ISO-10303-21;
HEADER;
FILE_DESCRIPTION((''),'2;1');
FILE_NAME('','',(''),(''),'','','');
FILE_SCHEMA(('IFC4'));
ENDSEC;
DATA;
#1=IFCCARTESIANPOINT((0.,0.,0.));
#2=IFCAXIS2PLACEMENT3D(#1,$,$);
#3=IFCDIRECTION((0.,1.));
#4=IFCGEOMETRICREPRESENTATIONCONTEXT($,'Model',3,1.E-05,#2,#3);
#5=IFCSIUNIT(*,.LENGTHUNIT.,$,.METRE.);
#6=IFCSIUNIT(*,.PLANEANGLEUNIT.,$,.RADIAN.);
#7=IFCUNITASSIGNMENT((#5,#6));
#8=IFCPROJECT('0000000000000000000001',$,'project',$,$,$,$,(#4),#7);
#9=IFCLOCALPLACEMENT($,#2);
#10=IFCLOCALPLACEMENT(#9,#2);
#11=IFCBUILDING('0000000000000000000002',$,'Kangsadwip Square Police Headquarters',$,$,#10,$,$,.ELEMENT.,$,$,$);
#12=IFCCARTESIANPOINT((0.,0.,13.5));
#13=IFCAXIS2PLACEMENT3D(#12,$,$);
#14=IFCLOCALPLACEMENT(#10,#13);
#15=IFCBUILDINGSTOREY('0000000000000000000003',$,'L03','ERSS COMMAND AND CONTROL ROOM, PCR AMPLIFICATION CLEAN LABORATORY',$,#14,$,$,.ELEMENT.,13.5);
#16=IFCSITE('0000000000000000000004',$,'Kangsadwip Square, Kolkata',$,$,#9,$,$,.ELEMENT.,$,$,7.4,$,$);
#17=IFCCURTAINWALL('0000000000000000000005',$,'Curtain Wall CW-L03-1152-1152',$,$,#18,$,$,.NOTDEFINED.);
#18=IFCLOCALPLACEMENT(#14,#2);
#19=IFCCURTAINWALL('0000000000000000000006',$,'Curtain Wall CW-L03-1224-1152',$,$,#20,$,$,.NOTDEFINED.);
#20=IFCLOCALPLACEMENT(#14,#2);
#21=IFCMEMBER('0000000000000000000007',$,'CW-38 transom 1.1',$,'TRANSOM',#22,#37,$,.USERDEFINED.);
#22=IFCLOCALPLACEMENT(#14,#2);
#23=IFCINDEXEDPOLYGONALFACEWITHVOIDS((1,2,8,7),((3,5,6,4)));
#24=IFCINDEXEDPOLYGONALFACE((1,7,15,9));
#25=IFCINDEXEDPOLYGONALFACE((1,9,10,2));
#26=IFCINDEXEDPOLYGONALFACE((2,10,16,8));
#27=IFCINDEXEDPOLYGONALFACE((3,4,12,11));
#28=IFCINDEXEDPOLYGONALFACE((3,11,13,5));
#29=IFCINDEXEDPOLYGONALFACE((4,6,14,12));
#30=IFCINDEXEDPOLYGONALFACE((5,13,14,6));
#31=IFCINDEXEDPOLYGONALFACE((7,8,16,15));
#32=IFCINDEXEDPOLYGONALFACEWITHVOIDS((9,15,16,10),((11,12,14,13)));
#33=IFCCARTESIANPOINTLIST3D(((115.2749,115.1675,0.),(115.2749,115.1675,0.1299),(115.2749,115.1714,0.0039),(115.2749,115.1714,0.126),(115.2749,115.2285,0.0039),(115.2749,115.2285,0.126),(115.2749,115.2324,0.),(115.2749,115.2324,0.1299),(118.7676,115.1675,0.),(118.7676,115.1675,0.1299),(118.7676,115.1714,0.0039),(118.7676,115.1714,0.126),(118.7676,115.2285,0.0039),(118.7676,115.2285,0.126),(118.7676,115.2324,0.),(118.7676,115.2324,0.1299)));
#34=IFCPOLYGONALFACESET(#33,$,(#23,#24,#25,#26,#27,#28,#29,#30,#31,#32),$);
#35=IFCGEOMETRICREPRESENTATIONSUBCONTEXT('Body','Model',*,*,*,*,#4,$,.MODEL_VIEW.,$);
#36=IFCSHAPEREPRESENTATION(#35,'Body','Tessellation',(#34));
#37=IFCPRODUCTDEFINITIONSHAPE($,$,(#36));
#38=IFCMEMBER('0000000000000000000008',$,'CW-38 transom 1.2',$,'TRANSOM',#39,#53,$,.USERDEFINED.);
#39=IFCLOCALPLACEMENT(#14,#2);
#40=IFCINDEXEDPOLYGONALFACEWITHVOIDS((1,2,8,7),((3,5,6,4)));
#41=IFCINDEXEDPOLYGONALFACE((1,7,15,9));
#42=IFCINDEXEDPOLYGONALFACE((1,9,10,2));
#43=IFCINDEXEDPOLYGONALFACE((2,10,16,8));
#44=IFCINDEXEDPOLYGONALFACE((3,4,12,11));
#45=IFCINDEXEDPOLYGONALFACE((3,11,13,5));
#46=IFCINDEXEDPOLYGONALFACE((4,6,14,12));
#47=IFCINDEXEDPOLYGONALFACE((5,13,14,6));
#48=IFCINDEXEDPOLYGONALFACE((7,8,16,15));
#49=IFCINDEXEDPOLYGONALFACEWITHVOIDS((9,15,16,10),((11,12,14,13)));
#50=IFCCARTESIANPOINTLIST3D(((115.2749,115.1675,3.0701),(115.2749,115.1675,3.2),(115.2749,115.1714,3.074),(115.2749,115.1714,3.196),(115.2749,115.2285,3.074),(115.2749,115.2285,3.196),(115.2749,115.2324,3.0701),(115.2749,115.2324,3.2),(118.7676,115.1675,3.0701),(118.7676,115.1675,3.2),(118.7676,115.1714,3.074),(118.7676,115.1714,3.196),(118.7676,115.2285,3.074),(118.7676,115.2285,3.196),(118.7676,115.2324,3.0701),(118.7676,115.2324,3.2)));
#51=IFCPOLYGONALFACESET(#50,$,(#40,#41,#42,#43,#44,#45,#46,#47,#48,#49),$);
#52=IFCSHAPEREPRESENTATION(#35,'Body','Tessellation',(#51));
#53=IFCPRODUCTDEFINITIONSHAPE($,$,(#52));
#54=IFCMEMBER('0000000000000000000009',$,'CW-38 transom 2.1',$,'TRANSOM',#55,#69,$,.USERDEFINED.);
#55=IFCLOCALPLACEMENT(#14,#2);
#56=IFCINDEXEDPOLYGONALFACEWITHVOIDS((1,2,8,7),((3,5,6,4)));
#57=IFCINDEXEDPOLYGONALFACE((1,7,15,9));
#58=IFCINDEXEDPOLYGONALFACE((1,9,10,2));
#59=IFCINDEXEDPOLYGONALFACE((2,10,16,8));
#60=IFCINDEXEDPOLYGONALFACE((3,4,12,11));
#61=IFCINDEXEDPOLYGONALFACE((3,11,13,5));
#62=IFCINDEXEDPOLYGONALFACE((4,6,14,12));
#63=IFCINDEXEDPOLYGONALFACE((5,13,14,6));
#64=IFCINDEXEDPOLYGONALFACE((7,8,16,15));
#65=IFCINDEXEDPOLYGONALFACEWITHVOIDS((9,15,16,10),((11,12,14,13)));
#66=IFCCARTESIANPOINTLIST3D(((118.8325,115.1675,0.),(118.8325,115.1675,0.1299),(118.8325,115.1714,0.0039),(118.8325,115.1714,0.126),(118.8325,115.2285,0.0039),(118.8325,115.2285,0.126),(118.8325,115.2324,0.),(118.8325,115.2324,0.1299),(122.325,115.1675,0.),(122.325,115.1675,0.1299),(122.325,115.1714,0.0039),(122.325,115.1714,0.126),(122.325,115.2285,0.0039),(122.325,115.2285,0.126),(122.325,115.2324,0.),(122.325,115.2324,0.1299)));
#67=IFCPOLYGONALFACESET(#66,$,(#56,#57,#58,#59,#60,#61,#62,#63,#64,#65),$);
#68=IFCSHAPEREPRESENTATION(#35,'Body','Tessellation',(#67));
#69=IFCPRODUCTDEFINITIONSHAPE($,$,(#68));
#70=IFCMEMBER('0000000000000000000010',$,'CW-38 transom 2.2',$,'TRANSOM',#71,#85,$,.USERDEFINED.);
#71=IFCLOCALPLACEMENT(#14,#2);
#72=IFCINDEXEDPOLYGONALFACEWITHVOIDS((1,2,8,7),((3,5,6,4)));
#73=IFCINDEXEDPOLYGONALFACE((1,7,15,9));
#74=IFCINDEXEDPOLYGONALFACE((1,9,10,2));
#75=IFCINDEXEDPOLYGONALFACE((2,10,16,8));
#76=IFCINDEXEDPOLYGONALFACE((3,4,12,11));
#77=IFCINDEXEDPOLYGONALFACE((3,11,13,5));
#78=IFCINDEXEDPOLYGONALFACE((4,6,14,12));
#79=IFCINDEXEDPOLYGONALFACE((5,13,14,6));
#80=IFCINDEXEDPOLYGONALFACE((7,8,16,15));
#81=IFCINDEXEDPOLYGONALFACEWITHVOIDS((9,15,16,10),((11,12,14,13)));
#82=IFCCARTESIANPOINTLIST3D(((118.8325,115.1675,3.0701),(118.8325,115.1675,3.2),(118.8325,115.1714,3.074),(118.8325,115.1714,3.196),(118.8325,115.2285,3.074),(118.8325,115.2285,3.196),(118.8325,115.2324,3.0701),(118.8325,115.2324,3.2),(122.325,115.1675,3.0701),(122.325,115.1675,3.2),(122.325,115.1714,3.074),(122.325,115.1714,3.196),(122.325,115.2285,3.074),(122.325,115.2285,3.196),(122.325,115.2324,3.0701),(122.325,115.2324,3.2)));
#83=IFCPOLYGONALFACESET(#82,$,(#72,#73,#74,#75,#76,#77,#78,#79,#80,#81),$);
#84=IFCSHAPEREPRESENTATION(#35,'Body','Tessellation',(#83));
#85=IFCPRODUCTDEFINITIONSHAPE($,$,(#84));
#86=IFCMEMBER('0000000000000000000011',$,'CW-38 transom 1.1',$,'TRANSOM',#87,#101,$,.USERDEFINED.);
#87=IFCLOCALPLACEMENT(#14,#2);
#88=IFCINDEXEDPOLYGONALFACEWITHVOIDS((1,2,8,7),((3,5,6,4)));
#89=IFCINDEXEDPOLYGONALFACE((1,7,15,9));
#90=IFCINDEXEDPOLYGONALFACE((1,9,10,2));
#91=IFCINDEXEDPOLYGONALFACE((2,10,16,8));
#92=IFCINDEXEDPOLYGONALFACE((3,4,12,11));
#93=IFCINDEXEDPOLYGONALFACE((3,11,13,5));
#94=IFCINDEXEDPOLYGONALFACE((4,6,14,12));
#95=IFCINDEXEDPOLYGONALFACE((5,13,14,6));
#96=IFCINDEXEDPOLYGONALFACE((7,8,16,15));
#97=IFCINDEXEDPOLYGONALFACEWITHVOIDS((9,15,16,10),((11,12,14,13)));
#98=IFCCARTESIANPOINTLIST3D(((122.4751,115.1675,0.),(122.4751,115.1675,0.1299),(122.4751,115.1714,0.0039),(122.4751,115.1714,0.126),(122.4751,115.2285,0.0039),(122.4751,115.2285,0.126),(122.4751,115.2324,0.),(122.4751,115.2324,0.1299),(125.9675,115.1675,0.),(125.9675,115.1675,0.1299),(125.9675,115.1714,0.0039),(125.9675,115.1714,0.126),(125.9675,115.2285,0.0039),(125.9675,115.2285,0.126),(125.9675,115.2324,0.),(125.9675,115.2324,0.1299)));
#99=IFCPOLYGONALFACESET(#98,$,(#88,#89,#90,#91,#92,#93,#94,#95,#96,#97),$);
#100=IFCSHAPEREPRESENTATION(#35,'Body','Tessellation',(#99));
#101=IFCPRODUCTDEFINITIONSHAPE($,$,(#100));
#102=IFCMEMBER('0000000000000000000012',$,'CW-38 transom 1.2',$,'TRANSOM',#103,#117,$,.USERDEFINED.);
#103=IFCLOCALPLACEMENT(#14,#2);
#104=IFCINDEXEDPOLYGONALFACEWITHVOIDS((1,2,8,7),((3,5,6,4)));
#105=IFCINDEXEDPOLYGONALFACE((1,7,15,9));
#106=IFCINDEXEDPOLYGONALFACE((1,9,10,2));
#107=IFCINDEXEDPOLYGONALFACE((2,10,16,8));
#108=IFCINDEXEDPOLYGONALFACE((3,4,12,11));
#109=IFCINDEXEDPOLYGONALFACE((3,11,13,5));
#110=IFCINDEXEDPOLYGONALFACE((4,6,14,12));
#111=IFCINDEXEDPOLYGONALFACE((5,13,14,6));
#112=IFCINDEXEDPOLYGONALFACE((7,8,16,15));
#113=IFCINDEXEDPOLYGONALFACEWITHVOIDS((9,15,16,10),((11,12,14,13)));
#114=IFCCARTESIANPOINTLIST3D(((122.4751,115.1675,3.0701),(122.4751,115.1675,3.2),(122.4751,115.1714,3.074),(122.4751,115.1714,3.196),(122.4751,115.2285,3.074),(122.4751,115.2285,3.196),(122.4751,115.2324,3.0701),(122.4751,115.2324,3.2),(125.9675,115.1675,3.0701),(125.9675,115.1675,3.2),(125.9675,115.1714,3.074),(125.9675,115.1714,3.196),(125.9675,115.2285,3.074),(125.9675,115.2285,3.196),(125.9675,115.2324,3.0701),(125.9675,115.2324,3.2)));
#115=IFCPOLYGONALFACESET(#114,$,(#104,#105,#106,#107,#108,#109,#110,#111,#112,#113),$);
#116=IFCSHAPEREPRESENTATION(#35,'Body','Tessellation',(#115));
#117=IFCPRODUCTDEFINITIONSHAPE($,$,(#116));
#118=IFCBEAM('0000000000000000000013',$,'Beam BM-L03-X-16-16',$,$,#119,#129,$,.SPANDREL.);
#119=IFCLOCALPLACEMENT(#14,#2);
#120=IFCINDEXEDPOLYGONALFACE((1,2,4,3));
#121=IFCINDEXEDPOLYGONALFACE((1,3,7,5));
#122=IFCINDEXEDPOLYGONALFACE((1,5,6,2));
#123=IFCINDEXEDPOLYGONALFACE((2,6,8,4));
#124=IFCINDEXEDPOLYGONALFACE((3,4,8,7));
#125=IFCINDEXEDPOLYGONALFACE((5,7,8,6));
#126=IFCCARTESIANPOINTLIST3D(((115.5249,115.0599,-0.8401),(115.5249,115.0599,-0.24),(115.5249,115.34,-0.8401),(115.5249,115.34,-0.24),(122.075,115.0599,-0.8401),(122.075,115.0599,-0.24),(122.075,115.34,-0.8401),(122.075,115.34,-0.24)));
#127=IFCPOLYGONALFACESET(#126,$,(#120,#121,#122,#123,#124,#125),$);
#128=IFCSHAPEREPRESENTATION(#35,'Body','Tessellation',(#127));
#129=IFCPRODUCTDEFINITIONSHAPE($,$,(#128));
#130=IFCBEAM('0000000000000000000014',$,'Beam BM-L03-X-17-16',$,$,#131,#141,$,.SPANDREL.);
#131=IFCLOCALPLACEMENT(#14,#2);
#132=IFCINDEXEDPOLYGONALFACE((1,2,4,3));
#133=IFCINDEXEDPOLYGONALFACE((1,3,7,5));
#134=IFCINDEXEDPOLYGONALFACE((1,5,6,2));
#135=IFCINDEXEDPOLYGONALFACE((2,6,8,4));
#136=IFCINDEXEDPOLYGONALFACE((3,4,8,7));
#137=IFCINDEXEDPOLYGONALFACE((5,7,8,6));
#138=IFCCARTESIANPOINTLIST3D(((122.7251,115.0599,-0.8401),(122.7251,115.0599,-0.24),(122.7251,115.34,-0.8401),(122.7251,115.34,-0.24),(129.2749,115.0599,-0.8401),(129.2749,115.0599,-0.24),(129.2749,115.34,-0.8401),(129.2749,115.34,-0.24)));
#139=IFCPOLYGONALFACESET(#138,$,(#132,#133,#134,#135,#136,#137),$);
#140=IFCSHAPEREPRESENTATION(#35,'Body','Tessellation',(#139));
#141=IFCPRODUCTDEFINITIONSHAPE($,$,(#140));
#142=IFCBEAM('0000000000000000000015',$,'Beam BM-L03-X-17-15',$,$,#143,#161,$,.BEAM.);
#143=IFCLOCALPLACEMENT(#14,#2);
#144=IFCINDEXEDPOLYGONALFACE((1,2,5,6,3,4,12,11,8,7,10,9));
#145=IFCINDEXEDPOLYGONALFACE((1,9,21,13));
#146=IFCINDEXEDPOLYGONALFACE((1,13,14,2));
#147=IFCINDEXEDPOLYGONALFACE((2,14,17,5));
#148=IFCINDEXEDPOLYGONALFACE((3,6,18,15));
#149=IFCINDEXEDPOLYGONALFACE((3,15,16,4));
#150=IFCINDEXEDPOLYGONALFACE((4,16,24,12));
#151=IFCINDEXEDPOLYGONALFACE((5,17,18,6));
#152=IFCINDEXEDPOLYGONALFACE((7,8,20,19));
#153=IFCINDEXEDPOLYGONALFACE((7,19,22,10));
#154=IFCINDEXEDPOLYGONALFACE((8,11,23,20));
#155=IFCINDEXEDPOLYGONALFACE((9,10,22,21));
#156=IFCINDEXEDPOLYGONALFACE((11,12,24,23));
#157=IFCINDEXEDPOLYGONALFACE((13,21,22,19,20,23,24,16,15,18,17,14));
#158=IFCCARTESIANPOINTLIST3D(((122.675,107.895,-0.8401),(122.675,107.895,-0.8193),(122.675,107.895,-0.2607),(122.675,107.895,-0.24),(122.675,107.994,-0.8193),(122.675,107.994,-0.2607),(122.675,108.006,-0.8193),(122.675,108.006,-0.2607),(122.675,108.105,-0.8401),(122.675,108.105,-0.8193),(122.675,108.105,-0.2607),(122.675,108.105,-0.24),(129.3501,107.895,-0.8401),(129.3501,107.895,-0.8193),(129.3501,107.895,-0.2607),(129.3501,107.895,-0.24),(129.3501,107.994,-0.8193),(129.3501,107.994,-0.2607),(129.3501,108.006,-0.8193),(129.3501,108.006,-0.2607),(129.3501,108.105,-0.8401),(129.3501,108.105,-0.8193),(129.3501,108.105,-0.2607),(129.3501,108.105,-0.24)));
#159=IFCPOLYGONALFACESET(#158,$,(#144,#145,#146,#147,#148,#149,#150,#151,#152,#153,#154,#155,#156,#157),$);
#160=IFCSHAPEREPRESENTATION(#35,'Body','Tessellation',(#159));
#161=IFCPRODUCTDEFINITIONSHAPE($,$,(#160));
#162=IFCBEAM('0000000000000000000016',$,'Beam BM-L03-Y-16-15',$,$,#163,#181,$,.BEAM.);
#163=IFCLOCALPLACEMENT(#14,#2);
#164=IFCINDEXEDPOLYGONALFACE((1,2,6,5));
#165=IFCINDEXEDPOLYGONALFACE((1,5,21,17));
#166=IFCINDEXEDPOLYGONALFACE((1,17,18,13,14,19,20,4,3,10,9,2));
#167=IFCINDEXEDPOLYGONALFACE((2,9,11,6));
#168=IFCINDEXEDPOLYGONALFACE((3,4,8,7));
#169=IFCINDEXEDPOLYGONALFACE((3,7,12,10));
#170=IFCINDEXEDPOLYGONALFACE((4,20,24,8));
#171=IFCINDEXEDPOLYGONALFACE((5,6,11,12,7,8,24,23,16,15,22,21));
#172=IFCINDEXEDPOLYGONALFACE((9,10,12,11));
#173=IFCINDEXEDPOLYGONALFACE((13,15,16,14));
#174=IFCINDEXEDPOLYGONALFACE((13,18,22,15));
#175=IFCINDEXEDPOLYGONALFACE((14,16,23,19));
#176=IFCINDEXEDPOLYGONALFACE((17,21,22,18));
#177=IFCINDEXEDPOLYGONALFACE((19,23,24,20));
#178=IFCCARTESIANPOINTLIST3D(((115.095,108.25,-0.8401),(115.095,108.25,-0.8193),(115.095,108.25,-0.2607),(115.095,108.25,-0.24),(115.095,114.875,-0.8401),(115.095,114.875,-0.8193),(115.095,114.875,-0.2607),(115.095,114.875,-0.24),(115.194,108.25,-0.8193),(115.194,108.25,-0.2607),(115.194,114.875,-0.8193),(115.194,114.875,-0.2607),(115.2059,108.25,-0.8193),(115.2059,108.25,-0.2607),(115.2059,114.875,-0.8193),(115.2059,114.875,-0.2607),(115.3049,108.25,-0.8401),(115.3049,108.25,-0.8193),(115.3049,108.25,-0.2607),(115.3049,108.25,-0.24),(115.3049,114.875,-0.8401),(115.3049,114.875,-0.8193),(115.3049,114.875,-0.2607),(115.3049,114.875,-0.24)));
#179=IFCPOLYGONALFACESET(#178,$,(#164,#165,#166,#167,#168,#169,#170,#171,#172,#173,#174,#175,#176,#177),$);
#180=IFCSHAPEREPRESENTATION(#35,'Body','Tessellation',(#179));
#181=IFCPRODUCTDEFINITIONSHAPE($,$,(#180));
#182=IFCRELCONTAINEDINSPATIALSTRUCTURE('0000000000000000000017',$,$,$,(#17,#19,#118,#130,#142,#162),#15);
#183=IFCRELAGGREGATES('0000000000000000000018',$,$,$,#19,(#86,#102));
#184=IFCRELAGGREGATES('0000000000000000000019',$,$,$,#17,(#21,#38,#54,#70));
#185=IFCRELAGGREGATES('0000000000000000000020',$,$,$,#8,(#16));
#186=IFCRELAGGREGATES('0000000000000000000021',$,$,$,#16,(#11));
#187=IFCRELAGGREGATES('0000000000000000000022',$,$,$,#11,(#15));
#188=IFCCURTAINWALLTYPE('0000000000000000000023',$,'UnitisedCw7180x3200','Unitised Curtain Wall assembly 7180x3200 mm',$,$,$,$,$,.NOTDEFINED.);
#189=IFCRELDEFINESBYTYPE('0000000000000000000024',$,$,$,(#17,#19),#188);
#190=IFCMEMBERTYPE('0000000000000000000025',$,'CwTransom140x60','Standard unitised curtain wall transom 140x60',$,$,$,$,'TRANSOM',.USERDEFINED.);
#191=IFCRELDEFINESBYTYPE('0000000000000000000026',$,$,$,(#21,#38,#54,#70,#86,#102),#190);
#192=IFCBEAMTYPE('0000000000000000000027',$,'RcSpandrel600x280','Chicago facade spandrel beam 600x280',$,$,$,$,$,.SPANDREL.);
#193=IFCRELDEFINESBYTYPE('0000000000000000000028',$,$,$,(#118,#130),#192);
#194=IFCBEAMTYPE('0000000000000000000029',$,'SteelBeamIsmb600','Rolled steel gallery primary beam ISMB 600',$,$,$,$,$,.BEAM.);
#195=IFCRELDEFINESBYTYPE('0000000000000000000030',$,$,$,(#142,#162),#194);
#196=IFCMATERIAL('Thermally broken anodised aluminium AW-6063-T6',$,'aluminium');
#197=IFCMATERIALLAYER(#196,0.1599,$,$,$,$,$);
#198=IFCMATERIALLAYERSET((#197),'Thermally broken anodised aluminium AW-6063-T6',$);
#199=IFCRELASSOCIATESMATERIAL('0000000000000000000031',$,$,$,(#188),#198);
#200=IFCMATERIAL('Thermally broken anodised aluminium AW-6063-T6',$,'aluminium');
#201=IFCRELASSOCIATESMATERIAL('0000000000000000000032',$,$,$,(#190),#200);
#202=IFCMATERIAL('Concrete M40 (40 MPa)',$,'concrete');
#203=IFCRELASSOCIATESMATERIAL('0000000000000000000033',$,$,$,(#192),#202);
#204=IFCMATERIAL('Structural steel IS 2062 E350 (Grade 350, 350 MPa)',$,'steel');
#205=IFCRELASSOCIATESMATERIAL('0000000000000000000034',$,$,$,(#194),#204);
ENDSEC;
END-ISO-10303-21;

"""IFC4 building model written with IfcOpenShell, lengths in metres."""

from ifc_helpers import new_model, si_unit, direction, frame, origin, origin_2d, place, context, subcontext, project, spatial, rectangle, hollow_rectangle, i_section, extrude, material, layer, layer_set, material_profile, profile_set, type_object, element, aggregate, save


model = new_model("IFC4")

# Units and contexts
model_context = context("Model", 3, precision=1e-05, world=origin(), true_north=direction((0.0, 1.0)))
body_context = subcontext(model_context, "Body", "Model", "MODEL_VIEW")
ifc_project = project(units=[si_unit("LENGTHUNIT", "METRE"), si_unit("PLANEANGLEUNIT", "RADIAN")], contexts=[model_context])

# Site, building, storey
site_placement = place(None, origin())
site = spatial("IfcSite", under=ifc_project, at=site_placement, Name="Kangsadwip Square, Kolkata", CompositionType="ELEMENT", RefElevation=7.4)
building_placement = place(site_placement, origin())
building = spatial("IfcBuilding", under=site, at=building_placement, Name="Kangsadwip Square Police Headquarters", CompositionType="ELEMENT")
storey_placement = place(building_placement, frame((0.0, 0.0, 13.5)))
storey = spatial("IfcBuildingStorey", under=building, at=storey_placement, Name="L03", Description="ERSS COMMAND AND CONTROL ROOM, PCR AMPLIFICATION CLEAN LABORATORY", CompositionType="ELEMENT", Elevation=13.5)

# Curtain wall
ifc_material_1 = material(Name="Thermally broken anodised aluminium AW-6063-T6", Category="aluminium")
ifc_layer_1 = layer(ifc_material_1, 0.1599)
ifc_layer_set_1 = layer_set([ifc_layer_1], Name="Thermally broken anodised aluminium AW-6063-T6")
curtain_wall_type = type_object("IfcCurtainWallType", Name="UnitisedCw7180x3200", Description="Unitised Curtain Wall assembly 7180x3200 mm", PredefinedType="NOTDEFINED", material=ifc_layer_set_1)
curtain_wall_1_placement = place(storey_placement, origin())
curtain_wall_1 = element("IfcCurtainWall", 1, at=curtain_wall_1_placement, inside=storey, type_object=curtain_wall_type, Name="Curtain Wall CW-L03-1152-1152", PredefinedType="NOTDEFINED")

# Curtain wall
curtain_wall_2_placement = place(storey_placement, origin())
curtain_wall_2 = element("IfcCurtainWall", 2, at=curtain_wall_2_placement, inside=storey, type_object=curtain_wall_type, Name="Curtain Wall CW-L03-1224-1152", PredefinedType="NOTDEFINED")

# Members
ifc_material_2 = material(Name="Thermally broken anodised aluminium AW-6063-T6", Category="aluminium")
ifc_material_profile_1 = material_profile(ifc_material_2, hollow_rectangle(XDim=0.0649, YDim=0.1299, WallThickness=0.0039, at=origin_2d()), Name="CWT 130X65X4")
ifc_profile_set_1 = profile_set([ifc_material_profile_1], Name="Thermally broken anodised aluminium AW-6063-T6")
member_type_1 = type_object("IfcMemberType", Name="CwTransom140x60", Description="Standard unitised curtain wall transom 140x60", ElementType="TRANSOM", PredefinedType="USERDEFINED", material=ifc_profile_set_1)
member_1_placement = place(storey_placement, frame((115.2749, 115.2, 0.0649), z_axis=(1.0, 0.0, 0.0), x_axis=(0.0, 1.0, 0.0)))
member_1 = element("IfcMember", 3, at=member_1_placement, type_object=member_type_1, Name="CW-38 transom 1.1", ObjectType="TRANSOM", PredefinedType="USERDEFINED", context=body_context, shape_type="SweptSolid", body=[
    extrude(hollow_rectangle(XDim=0.0649, YDim=0.1299, WallThickness=0.0039, at=origin_2d()), origin(), (0.0, 0.0, 1.0), 3.4927),
])
member_2_placement = place(storey_placement, frame((115.2749, 115.2, 3.135), z_axis=(1.0, 0.0, 0.0), x_axis=(0.0, 1.0, 0.0)))
member_2 = element("IfcMember", 4, at=member_2_placement, type_object=member_type_1, Name="CW-38 transom 1.2", ObjectType="TRANSOM", PredefinedType="USERDEFINED", context=body_context, shape_type="SweptSolid", body=[
    extrude(hollow_rectangle(XDim=0.0649, YDim=0.1299, WallThickness=0.0039, at=origin_2d()), origin(), (0.0, 0.0, 1.0), 3.4927),
])
member_3_placement = place(storey_placement, frame((118.8325, 115.2, 0.0649), z_axis=(1.0, 0.0, 0.0), x_axis=(0.0, 1.0, 0.0)))
member_3 = element("IfcMember", 5, at=member_3_placement, type_object=member_type_1, Name="CW-38 transom 2.1", ObjectType="TRANSOM", PredefinedType="USERDEFINED", context=body_context, shape_type="SweptSolid", body=[
    extrude(hollow_rectangle(XDim=0.0649, YDim=0.1299, WallThickness=0.0039, at=origin_2d()), origin(), (0.0, 0.0, 1.0), 3.4924),
])
member_4_placement = place(storey_placement, frame((118.8325, 115.2, 3.135), z_axis=(1.0, 0.0, 0.0), x_axis=(0.0, 1.0, 0.0)))
member_4 = element("IfcMember", 6, at=member_4_placement, type_object=member_type_1, Name="CW-38 transom 2.2", ObjectType="TRANSOM", PredefinedType="USERDEFINED", context=body_context, shape_type="SweptSolid", body=[
    extrude(hollow_rectangle(XDim=0.0649, YDim=0.1299, WallThickness=0.0039, at=origin_2d()), origin(), (0.0, 0.0, 1.0), 3.4924),
])
member_5_placement = place(storey_placement, frame((122.4751, 115.2, 0.0649), z_axis=(1.0, 0.0, 0.0), x_axis=(0.0, 1.0, 0.0)))
member_5 = element("IfcMember", 7, at=member_5_placement, type_object=member_type_1, Name="CW-38 transom 1.1", ObjectType="TRANSOM", PredefinedType="USERDEFINED", context=body_context, shape_type="SweptSolid", body=[
    extrude(hollow_rectangle(XDim=0.0649, YDim=0.1299, WallThickness=0.0039, at=origin_2d()), origin(), (0.0, 0.0, 1.0), 3.4924),
])
member_6_placement = place(storey_placement, frame((122.4751, 115.2, 3.135), z_axis=(1.0, 0.0, 0.0), x_axis=(0.0, 1.0, 0.0)))
member_6 = element("IfcMember", 8, at=member_6_placement, type_object=member_type_1, Name="CW-38 transom 1.2", ObjectType="TRANSOM", PredefinedType="USERDEFINED", context=body_context, shape_type="SweptSolid", body=[
    extrude(hollow_rectangle(XDim=0.0649, YDim=0.1299, WallThickness=0.0039, at=origin_2d()), origin(), (0.0, 0.0, 1.0), 3.4924),
])
aggregate(curtain_wall_2, [member_5, member_6])

# Beams
ifc_material_3 = material(Name="Concrete M40 (40 MPa)", Category="concrete")
ifc_material_profile_2 = material_profile(ifc_material_3, rectangle(XDim=0.28, YDim=0.6001, at=origin_2d()), Name="RC SPN 600X280")
ifc_profile_set_2 = profile_set([ifc_material_profile_2], Name="Concrete M40 (40 MPa)")
beam_type_1 = type_object("IfcBeamType", Name="RcSpandrel600x280", Description="Chicago facade spandrel beam 600x280", PredefinedType="SPANDREL", material=ifc_profile_set_2)
beam_1_placement = place(storey_placement, frame((115.5249, 115.2, -0.54), z_axis=(1.0, 0.0, 0.0), x_axis=(0.0, 1.0, 0.0)))
element("IfcBeam", 9, at=beam_1_placement, inside=storey, type_object=beam_type_1, Name="Beam BM-L03-X-16-16", PredefinedType="SPANDREL", context=body_context, shape_type="SweptSolid", body=[
    extrude(rectangle(XDim=0.28, YDim=0.6001, at=origin_2d()), origin(), (0.0, 0.0, 1.0), 6.55),
])
beam_2_placement = place(storey_placement, frame((122.7251, 115.2, -0.54), z_axis=(1.0, 0.0, 0.0), x_axis=(0.0, 1.0, 0.0)))
element("IfcBeam", 10, at=beam_2_placement, inside=storey, type_object=beam_type_1, Name="Beam BM-L03-X-17-16", PredefinedType="SPANDREL", context=body_context, shape_type="SweptSolid", body=[
    extrude(rectangle(XDim=0.28, YDim=0.6001, at=origin_2d()), origin(), (0.0, 0.0, 1.0), 6.5498),
])
ifc_material_4 = material(Name="Structural steel IS 2062 E350 (Grade 350, 350 MPa)", Category="steel")
ifc_material_profile_3 = material_profile(ifc_material_4, i_section(OverallWidth=0.21, OverallDepth=0.6001, WebThickness=0.012, FlangeThickness=0.0208, at=origin_2d()), Name="ISMB 600")
ifc_profile_set_3 = profile_set([ifc_material_profile_3], Name="Structural steel IS 2062 E350 (Grade 350, 350 MPa)")
beam_type_2 = type_object("IfcBeamType", Name="SteelBeamIsmb600", Description="Rolled steel gallery primary beam ISMB 600", PredefinedType="BEAM", material=ifc_profile_set_3)
beam_3_placement = place(storey_placement, frame((122.675, 108.0, -0.54), z_axis=(1.0, 0.0, 0.0), x_axis=(0.0, 1.0, 0.0)))
element("IfcBeam", 11, at=beam_3_placement, inside=storey, type_object=beam_type_2, Name="Beam BM-L03-X-17-15", PredefinedType="BEAM", context=body_context, shape_type="SweptSolid", body=[
    extrude(i_section(OverallWidth=0.21, OverallDepth=0.6001, WebThickness=0.012, FlangeThickness=0.0208, at=origin_2d()), origin(), (0.0, 0.0, 1.0), 6.675),
])
beam_4_placement = place(storey_placement, frame((115.2, 108.25, -0.54), z_axis=(0.0, 1.0, 0.0), x_axis=(-1.0, 0.0, 0.0)))
element("IfcBeam", 12, at=beam_4_placement, inside=storey, type_object=beam_type_2, Name="Beam BM-L03-Y-16-15", PredefinedType="BEAM", context=body_context, shape_type="SweptSolid", body=[
    extrude(i_section(OverallWidth=0.21, OverallDepth=0.6001, WebThickness=0.012, FlangeThickness=0.0208, at=origin_2d()), origin(), (0.0, 0.0, 1.0), 6.625),
])

aggregate(curtain_wall_1, [member_1, member_2, member_3, member_4])

save(model, "model.ifc")
